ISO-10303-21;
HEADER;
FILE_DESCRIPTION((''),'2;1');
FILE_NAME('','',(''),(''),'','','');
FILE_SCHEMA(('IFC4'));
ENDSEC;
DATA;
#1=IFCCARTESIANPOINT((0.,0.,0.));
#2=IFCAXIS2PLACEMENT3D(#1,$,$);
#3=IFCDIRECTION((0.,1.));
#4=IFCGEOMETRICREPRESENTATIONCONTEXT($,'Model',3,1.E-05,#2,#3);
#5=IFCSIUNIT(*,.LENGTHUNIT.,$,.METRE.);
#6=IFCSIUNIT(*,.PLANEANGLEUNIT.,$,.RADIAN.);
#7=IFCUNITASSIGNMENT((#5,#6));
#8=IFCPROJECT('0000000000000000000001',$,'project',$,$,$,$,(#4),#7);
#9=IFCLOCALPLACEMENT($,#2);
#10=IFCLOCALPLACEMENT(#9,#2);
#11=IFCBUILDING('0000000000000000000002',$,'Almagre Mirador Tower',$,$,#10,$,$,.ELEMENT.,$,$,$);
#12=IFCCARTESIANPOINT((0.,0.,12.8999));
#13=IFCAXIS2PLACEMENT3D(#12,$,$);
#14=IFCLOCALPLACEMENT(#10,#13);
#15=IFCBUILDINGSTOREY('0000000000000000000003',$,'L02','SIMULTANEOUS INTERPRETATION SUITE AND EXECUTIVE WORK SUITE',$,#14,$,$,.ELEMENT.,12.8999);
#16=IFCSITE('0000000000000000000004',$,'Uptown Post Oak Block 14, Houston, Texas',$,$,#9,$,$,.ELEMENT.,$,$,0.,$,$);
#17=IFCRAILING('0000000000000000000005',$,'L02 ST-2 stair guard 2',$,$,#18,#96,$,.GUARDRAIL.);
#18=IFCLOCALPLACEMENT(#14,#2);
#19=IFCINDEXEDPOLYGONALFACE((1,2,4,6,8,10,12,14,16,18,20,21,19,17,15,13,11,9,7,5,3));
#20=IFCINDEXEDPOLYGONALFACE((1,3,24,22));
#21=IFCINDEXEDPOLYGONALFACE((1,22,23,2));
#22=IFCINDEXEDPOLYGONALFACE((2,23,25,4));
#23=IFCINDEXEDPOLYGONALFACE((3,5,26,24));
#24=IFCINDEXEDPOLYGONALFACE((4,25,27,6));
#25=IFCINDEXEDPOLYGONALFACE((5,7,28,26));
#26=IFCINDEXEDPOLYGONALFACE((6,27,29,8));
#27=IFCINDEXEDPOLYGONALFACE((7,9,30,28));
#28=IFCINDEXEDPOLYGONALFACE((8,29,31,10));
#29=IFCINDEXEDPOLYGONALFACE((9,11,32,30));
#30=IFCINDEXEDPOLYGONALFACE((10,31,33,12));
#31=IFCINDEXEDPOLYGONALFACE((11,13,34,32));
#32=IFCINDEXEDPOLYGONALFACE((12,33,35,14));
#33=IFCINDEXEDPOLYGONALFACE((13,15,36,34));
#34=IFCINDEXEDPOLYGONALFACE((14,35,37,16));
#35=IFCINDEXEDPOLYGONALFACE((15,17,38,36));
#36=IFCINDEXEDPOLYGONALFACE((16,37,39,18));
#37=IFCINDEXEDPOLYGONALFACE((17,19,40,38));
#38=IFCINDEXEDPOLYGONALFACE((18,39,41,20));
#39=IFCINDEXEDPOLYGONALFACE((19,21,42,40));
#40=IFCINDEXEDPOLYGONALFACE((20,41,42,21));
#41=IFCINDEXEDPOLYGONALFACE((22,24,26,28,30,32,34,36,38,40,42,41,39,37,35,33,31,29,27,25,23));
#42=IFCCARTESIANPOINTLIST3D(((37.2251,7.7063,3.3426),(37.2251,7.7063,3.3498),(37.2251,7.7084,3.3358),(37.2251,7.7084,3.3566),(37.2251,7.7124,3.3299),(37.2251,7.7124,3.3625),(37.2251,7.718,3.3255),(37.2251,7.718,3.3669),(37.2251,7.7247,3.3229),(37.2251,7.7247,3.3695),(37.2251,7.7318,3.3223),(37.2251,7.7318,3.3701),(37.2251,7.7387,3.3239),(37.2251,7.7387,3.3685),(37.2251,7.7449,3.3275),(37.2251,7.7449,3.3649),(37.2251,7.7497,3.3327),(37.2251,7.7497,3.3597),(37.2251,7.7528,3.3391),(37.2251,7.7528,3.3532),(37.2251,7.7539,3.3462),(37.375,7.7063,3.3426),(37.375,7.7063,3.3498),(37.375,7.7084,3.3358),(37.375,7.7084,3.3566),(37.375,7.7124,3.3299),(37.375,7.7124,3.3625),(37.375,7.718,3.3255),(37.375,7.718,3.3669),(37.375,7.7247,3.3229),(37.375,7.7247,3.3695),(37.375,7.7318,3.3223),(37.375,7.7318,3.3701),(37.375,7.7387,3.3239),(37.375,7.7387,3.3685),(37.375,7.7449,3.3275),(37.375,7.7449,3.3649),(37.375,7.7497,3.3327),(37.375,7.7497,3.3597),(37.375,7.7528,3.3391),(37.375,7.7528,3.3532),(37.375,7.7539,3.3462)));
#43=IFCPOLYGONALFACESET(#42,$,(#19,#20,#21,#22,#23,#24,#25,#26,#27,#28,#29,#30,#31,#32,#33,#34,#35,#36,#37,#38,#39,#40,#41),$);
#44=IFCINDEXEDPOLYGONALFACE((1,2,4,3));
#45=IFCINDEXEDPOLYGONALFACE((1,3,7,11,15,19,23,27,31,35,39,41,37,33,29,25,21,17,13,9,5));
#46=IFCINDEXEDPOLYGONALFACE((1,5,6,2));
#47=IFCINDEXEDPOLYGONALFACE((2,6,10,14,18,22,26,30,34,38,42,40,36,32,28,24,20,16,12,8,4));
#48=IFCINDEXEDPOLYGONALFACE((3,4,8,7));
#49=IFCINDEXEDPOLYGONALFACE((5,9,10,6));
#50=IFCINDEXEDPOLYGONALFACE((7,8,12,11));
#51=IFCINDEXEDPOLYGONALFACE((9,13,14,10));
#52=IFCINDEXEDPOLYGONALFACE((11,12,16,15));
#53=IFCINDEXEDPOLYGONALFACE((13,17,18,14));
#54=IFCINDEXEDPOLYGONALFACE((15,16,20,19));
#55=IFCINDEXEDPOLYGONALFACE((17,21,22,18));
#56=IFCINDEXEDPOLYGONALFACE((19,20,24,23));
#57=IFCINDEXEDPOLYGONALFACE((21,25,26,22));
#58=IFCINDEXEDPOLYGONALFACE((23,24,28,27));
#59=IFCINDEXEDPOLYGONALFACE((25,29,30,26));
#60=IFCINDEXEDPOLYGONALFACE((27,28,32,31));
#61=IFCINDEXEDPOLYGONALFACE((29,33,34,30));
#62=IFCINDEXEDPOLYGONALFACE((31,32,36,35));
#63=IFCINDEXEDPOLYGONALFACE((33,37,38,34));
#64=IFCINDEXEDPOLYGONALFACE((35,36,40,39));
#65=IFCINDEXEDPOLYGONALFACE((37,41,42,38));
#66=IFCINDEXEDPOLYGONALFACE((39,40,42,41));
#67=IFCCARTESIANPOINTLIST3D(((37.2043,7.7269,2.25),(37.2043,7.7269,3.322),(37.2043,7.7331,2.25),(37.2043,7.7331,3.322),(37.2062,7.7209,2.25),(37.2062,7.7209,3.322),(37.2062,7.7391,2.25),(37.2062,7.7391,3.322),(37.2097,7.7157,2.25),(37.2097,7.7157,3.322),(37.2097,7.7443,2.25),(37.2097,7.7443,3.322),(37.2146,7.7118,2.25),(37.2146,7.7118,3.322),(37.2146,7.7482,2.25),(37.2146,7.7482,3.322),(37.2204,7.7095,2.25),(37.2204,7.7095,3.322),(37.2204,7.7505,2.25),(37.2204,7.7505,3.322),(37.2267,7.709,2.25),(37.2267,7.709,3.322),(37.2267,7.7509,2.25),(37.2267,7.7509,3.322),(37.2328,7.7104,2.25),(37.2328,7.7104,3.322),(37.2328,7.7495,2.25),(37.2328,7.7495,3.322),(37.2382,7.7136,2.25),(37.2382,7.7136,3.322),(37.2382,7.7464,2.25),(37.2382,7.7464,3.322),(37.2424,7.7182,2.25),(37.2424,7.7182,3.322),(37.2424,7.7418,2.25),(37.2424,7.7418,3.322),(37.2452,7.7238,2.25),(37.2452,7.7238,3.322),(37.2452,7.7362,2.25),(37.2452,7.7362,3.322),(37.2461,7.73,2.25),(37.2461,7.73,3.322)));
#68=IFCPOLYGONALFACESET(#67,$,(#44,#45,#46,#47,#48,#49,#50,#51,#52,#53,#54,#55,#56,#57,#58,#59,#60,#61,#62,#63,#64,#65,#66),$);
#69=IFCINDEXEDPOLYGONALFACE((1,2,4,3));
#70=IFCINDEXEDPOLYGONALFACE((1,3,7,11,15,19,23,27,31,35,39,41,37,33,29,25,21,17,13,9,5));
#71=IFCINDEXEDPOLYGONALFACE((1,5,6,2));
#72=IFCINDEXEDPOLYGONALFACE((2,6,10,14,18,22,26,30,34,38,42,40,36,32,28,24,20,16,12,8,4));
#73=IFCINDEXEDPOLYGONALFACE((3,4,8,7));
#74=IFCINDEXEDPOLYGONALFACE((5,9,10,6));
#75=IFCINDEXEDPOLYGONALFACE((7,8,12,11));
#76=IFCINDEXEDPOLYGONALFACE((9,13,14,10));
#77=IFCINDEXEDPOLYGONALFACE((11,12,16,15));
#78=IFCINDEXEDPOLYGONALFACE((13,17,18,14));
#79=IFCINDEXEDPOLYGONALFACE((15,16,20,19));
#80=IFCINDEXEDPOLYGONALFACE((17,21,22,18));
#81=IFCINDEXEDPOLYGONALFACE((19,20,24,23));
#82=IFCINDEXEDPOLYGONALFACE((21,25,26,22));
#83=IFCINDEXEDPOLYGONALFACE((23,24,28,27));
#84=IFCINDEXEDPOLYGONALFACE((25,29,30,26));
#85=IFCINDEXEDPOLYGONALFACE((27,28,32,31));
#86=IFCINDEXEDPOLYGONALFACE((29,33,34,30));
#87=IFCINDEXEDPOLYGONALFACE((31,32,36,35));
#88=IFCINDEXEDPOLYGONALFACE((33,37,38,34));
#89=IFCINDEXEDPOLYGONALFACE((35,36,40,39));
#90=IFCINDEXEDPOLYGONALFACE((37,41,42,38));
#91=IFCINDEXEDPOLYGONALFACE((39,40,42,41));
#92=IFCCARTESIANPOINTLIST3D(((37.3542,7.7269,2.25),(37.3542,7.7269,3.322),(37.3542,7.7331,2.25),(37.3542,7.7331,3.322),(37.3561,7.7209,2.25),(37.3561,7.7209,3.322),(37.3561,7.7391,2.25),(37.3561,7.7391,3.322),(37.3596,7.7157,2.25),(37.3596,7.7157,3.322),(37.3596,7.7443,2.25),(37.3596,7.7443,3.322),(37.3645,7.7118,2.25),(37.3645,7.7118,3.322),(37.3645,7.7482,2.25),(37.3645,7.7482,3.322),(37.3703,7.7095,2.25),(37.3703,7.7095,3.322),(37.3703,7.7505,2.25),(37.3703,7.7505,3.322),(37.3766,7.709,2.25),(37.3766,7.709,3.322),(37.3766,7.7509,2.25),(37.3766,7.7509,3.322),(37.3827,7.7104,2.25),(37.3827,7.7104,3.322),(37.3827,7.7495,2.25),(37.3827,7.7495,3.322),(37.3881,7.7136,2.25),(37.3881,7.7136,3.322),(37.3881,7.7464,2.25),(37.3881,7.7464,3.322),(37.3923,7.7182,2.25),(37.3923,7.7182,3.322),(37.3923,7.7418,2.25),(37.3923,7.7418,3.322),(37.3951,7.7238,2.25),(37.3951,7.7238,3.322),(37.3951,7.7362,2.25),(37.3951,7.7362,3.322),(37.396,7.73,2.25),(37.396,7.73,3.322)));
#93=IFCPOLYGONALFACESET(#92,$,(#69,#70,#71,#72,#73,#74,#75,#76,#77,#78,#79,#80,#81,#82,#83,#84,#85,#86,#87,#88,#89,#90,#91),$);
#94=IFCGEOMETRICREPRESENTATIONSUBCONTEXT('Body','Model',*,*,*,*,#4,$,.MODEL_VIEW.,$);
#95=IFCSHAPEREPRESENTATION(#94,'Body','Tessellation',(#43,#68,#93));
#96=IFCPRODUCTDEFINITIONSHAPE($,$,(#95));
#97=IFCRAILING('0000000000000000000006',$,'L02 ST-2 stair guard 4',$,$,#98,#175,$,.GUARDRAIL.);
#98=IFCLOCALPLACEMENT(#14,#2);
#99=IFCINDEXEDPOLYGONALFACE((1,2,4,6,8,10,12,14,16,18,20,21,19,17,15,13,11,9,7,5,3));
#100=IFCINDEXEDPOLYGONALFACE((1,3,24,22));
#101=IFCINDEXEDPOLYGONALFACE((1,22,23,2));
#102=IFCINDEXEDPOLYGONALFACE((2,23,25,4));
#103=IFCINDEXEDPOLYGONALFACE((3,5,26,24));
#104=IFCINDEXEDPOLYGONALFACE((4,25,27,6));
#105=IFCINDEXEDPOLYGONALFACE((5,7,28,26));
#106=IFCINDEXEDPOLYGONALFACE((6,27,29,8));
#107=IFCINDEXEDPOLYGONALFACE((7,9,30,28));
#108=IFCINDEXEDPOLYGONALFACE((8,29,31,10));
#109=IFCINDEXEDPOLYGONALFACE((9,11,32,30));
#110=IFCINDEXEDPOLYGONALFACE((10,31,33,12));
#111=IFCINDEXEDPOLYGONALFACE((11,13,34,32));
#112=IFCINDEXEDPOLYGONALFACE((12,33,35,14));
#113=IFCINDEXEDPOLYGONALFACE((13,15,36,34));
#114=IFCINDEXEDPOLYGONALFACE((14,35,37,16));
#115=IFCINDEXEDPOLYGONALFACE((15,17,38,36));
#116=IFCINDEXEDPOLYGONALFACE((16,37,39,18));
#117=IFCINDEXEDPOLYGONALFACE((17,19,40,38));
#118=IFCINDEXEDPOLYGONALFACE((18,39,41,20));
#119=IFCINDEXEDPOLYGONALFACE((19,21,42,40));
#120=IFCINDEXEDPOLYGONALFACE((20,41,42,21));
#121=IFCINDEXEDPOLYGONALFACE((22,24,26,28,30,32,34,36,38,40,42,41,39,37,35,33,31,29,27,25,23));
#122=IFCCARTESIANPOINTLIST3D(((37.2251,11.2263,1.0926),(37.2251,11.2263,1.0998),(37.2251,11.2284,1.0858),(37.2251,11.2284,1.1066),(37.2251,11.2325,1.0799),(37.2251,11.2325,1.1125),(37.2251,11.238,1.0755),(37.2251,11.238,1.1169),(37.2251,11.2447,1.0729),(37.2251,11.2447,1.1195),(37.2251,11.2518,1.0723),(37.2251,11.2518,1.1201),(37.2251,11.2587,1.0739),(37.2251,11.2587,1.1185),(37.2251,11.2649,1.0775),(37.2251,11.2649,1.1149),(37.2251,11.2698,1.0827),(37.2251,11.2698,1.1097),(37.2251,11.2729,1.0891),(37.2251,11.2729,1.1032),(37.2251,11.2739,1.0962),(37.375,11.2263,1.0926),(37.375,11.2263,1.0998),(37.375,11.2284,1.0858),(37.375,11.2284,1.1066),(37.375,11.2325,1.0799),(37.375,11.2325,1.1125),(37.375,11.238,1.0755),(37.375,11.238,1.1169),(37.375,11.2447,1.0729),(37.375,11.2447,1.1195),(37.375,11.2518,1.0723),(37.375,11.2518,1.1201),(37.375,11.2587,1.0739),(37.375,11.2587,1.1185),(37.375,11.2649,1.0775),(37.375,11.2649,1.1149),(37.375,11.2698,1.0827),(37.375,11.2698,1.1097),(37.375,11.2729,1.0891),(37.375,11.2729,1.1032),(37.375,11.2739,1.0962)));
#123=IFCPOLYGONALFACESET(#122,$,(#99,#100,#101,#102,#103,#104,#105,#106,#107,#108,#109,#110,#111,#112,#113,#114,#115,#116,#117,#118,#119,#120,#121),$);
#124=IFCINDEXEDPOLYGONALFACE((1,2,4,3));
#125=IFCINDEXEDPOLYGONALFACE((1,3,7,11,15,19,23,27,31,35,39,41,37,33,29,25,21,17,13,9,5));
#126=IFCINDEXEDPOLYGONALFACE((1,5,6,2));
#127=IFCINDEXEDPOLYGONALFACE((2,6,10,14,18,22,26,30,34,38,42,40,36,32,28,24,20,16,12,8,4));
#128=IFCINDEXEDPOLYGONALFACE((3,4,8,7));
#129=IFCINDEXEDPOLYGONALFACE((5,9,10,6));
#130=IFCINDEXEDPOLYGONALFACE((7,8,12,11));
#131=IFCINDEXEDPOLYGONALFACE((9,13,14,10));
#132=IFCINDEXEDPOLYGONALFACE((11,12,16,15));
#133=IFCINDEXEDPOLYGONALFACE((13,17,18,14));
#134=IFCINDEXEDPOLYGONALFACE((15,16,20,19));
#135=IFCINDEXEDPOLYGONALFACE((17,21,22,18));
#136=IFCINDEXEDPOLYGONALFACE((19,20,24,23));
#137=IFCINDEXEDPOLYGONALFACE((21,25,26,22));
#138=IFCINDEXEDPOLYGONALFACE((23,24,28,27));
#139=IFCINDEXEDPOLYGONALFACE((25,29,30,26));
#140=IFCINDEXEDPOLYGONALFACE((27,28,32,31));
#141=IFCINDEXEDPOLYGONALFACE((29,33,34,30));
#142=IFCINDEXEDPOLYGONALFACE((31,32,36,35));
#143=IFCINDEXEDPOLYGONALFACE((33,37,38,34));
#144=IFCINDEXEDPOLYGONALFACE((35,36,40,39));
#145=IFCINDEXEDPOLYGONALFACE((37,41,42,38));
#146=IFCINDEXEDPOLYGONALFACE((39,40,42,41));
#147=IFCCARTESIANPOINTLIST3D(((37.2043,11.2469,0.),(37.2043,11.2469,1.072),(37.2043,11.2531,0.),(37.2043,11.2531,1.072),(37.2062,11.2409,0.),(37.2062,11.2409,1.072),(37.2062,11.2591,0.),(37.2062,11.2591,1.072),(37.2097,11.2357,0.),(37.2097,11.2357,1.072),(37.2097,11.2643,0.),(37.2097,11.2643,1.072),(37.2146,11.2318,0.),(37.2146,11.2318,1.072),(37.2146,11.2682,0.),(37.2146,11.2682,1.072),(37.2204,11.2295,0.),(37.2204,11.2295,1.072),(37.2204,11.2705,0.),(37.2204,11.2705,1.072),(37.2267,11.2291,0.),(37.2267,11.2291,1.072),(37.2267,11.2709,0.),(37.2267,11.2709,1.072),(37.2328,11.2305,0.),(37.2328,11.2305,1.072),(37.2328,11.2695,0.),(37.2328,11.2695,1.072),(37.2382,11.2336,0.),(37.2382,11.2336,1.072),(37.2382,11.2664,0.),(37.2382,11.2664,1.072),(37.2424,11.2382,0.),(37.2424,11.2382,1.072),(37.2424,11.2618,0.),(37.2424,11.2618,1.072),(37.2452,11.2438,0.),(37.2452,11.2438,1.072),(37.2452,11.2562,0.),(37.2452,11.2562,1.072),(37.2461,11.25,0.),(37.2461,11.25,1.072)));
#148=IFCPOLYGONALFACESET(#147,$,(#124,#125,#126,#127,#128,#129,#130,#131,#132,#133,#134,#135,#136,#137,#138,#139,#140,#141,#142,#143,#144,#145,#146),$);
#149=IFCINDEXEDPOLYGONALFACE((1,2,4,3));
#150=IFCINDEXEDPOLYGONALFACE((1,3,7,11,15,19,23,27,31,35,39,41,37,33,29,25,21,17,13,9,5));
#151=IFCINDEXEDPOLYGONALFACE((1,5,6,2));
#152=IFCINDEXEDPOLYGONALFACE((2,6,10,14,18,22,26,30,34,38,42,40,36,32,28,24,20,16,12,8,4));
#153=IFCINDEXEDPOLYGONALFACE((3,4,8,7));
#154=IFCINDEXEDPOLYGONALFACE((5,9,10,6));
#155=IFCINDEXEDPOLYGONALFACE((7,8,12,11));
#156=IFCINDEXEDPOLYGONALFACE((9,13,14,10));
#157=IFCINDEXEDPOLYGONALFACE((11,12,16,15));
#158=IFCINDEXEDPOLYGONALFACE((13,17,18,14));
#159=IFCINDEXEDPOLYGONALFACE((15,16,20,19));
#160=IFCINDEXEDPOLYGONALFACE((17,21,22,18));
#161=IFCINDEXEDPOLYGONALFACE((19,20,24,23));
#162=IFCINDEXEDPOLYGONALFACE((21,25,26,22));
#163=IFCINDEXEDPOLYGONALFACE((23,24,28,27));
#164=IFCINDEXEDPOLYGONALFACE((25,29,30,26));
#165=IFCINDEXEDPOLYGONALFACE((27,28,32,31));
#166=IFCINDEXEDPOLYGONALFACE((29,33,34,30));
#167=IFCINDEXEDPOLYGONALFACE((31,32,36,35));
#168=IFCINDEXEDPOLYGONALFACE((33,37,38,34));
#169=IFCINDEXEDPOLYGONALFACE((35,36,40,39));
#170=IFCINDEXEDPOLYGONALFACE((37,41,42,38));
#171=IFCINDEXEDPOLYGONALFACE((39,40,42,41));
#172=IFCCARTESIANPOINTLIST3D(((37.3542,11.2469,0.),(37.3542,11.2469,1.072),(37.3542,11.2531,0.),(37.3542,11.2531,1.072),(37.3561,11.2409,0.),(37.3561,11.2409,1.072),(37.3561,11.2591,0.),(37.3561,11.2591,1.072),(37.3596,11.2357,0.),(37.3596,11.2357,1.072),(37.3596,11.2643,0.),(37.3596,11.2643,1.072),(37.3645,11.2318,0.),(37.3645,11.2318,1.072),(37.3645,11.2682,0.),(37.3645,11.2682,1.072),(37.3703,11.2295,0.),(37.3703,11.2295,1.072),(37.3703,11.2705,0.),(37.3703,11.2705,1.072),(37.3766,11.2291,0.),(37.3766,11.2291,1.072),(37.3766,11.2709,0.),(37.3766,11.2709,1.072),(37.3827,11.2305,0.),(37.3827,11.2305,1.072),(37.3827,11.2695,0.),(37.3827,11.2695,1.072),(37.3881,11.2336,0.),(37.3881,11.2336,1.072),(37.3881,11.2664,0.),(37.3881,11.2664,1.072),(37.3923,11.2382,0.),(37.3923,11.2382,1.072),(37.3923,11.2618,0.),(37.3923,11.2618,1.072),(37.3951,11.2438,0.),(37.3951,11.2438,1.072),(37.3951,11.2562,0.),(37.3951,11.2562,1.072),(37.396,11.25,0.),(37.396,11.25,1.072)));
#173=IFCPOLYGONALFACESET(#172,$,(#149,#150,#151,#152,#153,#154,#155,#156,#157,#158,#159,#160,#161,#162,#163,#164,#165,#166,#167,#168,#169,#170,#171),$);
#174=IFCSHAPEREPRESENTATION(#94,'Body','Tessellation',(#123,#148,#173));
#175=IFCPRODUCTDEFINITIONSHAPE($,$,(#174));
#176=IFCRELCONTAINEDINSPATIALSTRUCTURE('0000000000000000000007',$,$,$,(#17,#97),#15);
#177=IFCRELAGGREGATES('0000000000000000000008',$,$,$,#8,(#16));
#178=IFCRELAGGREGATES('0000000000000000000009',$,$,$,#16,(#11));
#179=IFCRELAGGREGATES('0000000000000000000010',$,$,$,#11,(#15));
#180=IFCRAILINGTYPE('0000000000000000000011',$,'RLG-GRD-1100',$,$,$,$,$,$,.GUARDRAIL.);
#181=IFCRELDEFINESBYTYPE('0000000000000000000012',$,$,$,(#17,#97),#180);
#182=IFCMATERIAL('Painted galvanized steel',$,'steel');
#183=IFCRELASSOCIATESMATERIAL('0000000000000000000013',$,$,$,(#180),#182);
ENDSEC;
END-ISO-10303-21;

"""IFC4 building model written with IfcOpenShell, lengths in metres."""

from ifc_helpers import new_model, si_unit, direction, frame, origin, origin_2d, place, context, subcontext, project, spatial, circle, extrude, material, type_object, element, save


model = new_model("IFC4")

# Units and contexts
model_context = context("Model", 3, precision=1e-05, world=origin(), true_north=direction((0.0, 1.0)))
body_context = subcontext(model_context, "Body", "Model", "MODEL_VIEW")
ifc_project = project(units=[si_unit("LENGTHUNIT", "METRE"), si_unit("PLANEANGLEUNIT", "RADIAN")], contexts=[model_context])

# Site, building, storey
site_placement = place(None, origin())
site = spatial("IfcSite", under=ifc_project, at=site_placement, Name="Uptown Post Oak Block 14, Houston, Texas", CompositionType="ELEMENT", RefElevation=0.0)
building_placement = place(site_placement, origin())
building = spatial("IfcBuilding", under=site, at=building_placement, Name="Almagre Mirador Tower", CompositionType="ELEMENT")
storey_placement = place(building_placement, frame((0.0, 0.0, 12.8999)))
storey = spatial("IfcBuildingStorey", under=building, at=storey_placement, Name="L02", Description="SIMULTANEOUS INTERPRETATION SUITE AND EXECUTIVE WORK SUITE", CompositionType="ELEMENT", Elevation=12.8999)

# Railings
ifc_material_1 = material(Name="Painted galvanized steel", Category="steel")
railing_type_1 = type_object("IfcRailingType", Name="RLG-GRD-1100", PredefinedType="GUARDRAIL", material=ifc_material_1)
for number, where, name in (
    (1, (37.2251, 7.73, 2.25), "L02 ST-2 stair guard 2"),
    (2, (37.2251, 11.25, 0.0), "L02 ST-2 stair guard 4"),
):
    element("IfcRailing", number, at=place(storey_placement, frame(where)), inside=storey, type_object=railing_type_1, Name=name, PredefinedType="GUARDRAIL", context=body_context, shape_type="SweptSolid", body=[
        extrude(circle(Radius=0.0239, at=origin_2d()), frame((0.0, 0.0, 1.0962), z_axis=(1.0, 0.0, 0.0), x_axis=(0.0, 1.0, 0.0)), (0.0, 0.0, 1.0), 0.1499),
        extrude(circle(Radius=0.021, at=origin_2d()), origin(), (0.0, 0.0, 1.0), 1.072),
        extrude(circle(Radius=0.021, at=origin_2d()), frame((0.1499, 0.0, 0.0)), (0.0, 0.0, 1.0), 1.072),
    ])

save(model, "model.ifc")
